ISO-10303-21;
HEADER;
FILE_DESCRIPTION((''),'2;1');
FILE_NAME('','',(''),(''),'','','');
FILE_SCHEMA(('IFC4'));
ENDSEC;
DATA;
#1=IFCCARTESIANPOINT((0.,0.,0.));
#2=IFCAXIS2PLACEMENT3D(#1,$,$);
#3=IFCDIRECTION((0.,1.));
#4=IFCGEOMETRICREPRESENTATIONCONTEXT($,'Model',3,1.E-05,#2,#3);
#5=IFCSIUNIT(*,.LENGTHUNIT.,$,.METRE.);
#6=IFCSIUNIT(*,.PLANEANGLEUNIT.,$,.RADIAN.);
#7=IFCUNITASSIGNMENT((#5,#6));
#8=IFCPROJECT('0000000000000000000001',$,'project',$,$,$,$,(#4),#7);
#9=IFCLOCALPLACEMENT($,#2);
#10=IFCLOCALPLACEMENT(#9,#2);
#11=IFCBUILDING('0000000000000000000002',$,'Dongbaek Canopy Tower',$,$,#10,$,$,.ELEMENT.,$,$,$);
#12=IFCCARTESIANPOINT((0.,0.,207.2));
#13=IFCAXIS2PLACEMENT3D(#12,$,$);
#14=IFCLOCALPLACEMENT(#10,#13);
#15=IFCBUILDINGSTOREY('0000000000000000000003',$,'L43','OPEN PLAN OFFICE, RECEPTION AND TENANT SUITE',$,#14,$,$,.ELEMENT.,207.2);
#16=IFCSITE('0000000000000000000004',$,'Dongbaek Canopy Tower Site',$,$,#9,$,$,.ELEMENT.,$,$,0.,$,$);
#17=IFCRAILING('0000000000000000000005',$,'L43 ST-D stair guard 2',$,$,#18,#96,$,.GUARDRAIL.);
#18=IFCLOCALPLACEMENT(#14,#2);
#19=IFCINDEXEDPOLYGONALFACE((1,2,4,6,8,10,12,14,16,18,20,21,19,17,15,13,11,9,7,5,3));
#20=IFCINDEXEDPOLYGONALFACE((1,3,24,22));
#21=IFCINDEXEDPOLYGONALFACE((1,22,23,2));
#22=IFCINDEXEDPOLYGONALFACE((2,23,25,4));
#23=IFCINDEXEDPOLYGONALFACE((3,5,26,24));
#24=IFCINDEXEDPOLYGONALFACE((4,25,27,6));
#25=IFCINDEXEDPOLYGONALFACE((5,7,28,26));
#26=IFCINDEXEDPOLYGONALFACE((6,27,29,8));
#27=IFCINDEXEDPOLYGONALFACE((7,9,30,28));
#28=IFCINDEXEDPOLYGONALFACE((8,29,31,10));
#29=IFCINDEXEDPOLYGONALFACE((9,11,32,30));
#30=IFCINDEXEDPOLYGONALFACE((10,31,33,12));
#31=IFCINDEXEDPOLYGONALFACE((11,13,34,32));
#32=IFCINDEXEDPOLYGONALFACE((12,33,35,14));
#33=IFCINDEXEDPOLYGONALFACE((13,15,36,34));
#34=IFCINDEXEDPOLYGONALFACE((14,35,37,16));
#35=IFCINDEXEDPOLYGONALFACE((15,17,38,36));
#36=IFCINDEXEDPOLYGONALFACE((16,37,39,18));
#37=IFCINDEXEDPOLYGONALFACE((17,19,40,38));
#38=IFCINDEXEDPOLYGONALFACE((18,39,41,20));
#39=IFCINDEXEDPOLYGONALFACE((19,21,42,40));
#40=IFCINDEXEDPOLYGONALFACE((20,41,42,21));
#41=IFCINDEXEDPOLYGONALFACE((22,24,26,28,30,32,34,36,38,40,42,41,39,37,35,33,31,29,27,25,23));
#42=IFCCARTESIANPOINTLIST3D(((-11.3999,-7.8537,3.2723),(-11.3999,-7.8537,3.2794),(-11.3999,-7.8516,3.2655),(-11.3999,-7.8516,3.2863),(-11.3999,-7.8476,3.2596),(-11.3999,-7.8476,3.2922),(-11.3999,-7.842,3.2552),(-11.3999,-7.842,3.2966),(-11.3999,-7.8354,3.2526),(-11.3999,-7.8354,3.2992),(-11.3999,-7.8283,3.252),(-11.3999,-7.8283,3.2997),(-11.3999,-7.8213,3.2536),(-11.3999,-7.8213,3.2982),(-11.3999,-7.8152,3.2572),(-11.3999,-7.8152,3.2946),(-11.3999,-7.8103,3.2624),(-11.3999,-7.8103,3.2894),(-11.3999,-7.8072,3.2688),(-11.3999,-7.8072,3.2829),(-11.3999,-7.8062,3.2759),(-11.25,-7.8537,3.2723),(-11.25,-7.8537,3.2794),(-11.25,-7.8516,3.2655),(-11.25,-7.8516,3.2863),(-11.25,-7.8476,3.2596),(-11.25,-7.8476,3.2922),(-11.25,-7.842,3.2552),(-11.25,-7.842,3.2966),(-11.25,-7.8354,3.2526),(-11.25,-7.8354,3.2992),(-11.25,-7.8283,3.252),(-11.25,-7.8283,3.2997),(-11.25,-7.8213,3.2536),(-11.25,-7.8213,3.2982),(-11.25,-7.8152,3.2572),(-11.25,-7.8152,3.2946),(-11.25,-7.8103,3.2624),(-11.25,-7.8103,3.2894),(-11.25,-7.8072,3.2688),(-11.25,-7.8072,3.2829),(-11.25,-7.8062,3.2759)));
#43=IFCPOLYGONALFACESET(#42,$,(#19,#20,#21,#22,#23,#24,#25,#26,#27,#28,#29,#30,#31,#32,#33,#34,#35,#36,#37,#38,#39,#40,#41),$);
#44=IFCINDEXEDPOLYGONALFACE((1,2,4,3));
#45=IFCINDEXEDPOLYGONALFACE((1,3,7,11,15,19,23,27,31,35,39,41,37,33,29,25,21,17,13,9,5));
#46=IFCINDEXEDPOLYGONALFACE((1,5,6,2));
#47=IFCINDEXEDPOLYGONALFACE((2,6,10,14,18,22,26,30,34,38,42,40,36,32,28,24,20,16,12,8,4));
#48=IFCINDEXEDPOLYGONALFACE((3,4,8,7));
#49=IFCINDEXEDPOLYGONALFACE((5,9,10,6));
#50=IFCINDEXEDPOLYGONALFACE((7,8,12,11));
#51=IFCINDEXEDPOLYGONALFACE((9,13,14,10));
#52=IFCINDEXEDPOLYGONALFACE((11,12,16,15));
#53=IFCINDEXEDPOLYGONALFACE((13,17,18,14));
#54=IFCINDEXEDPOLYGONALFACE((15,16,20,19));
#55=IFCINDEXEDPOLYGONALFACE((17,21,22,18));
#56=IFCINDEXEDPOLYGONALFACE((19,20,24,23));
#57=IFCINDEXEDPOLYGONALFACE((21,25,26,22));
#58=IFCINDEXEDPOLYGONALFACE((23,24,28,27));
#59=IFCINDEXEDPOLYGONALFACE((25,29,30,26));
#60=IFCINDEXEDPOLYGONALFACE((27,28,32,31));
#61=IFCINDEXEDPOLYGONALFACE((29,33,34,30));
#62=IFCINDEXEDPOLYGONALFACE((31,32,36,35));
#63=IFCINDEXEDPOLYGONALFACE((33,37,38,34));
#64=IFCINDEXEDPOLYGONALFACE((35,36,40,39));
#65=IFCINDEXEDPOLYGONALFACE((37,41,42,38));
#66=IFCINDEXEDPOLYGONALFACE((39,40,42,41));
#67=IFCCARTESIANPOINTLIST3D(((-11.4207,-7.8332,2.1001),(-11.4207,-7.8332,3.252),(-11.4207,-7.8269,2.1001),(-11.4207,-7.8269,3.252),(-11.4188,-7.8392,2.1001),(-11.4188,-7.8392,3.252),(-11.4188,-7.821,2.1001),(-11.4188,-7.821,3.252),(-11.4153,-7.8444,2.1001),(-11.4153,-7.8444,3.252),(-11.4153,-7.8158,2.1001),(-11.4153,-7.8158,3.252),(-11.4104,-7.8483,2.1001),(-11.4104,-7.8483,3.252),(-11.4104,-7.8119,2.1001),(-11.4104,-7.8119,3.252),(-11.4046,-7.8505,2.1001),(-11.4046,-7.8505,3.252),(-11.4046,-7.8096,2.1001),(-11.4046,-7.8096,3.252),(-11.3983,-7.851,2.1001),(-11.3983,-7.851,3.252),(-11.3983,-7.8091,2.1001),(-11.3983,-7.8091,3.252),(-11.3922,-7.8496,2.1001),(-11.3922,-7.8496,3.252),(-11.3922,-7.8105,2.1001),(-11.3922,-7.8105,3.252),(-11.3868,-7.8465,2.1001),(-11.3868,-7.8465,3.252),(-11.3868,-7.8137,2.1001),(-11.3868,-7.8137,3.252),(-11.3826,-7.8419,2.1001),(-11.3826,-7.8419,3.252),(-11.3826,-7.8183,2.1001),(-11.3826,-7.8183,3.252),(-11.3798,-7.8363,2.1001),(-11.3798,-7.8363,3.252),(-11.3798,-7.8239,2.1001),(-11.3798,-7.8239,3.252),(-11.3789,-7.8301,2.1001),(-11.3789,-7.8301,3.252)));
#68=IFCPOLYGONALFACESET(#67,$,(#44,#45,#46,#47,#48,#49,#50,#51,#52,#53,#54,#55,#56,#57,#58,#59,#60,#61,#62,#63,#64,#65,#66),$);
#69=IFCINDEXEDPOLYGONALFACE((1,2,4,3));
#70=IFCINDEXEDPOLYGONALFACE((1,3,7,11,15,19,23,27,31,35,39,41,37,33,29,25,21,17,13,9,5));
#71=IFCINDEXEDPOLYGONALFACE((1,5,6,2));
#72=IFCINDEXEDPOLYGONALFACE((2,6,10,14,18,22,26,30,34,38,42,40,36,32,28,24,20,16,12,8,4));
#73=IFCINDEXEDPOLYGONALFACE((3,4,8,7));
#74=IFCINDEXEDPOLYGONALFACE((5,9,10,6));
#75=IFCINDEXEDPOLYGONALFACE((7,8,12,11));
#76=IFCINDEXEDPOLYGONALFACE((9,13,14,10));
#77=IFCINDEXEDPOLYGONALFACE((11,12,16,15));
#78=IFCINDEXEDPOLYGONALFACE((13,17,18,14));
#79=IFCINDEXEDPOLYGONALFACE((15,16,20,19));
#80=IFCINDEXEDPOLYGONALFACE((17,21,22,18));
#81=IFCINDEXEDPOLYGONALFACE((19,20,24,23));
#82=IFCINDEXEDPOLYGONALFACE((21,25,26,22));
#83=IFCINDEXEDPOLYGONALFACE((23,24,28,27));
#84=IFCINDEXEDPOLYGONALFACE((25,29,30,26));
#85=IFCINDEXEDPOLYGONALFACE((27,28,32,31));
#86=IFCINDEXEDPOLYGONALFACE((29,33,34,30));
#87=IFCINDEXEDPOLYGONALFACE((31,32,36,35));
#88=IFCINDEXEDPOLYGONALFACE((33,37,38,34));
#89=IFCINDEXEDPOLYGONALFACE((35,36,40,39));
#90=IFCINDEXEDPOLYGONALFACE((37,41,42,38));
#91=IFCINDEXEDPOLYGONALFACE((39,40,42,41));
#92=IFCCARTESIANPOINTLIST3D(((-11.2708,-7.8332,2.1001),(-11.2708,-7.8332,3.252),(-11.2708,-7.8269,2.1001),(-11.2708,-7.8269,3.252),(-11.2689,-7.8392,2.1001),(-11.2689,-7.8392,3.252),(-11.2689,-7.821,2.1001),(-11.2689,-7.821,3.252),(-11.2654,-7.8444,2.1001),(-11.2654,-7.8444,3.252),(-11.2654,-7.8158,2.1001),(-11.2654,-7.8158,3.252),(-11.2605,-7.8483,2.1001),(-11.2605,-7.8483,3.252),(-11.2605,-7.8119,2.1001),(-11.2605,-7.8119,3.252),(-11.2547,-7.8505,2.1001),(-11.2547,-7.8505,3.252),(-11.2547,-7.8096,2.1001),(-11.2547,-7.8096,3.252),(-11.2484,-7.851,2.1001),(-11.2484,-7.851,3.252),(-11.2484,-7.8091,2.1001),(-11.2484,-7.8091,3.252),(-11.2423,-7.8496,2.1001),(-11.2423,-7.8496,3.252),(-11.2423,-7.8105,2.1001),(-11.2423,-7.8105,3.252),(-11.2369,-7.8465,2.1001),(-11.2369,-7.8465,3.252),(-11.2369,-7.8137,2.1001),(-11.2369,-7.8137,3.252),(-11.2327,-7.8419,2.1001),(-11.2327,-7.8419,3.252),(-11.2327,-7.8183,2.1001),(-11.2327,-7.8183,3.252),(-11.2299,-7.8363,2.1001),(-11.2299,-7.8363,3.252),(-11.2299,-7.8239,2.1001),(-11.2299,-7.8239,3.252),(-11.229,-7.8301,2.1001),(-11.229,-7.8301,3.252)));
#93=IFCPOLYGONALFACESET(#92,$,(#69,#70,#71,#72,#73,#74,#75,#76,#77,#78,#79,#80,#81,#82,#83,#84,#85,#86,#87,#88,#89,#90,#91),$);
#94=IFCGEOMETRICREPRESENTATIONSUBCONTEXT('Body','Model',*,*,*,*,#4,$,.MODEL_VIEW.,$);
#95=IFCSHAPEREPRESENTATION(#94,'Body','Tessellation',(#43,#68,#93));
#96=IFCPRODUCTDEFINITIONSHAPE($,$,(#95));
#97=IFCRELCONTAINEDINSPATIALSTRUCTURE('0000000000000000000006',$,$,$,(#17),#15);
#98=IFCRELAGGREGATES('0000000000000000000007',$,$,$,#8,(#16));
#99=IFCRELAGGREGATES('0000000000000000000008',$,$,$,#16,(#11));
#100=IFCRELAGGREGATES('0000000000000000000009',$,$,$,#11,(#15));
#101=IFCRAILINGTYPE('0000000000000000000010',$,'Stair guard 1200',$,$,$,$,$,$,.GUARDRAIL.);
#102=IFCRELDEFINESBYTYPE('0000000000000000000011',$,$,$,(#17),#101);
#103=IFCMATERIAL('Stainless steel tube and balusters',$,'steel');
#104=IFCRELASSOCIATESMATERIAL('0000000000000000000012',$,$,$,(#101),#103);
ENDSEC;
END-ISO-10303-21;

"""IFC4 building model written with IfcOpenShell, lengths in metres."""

from ifc_helpers import new_model, si_unit, direction, frame, origin, origin_2d, place, context, subcontext, project, spatial, circle, extrude, material, type_object, element, save


model = new_model("IFC4")

# Units and contexts
model_context = context("Model", 3, precision=1e-05, world=origin(), true_north=direction((0.0, 1.0)))
body_context = subcontext(model_context, "Body", "Model", "MODEL_VIEW")
ifc_project = project(units=[si_unit("LENGTHUNIT", "METRE"), si_unit("PLANEANGLEUNIT", "RADIAN")], contexts=[model_context])

# Site, building, storey
site_placement = place(None, origin())
site = spatial("IfcSite", under=ifc_project, at=site_placement, Name="Dongbaek Canopy Tower Site", CompositionType="ELEMENT", RefElevation=0.0)
building_placement = place(site_placement, origin())
building = spatial("IfcBuilding", under=site, at=building_placement, Name="Dongbaek Canopy Tower", CompositionType="ELEMENT")
storey_placement = place(building_placement, frame((0.0, 0.0, 207.2)))
storey = spatial("IfcBuildingStorey", under=building, at=storey_placement, Name="L43", Description="OPEN PLAN OFFICE, RECEPTION AND TENANT SUITE", CompositionType="ELEMENT", Elevation=207.2)

# Railing
ifc_material_1 = material(Name="Stainless steel tube and balusters", Category="steel")
railing_type_1 = type_object("IfcRailingType", Name="Stair guard 1200", PredefinedType="GUARDRAIL", material=ifc_material_1)
railing_1_placement = place(storey_placement, frame((-11.3999, -7.8301, 2.1001)))
element("IfcRailing", 1, at=railing_1_placement, inside=storey, type_object=railing_type_1, Name="L43 ST-D stair guard 2", PredefinedType="GUARDRAIL", context=body_context, shape_type="SweptSolid", body=[
    extrude(circle(Radius=0.0239, at=origin_2d()), frame((0.0, 0.0, 1.1758), z_axis=(1.0, 0.0, 0.0), x_axis=(0.0, 1.0, 0.0)), (0.0, 0.0, 1.0), 0.1499),
    extrude(circle(Radius=0.021, at=origin_2d()), origin(), (0.0, 0.0, 1.0), 1.1519),
    extrude(circle(Radius=0.021, at=origin_2d()), frame((0.1499, 0.0, 0.0)), (0.0, 0.0, 1.0), 1.1519),
])

save(model, "model.ifc")
